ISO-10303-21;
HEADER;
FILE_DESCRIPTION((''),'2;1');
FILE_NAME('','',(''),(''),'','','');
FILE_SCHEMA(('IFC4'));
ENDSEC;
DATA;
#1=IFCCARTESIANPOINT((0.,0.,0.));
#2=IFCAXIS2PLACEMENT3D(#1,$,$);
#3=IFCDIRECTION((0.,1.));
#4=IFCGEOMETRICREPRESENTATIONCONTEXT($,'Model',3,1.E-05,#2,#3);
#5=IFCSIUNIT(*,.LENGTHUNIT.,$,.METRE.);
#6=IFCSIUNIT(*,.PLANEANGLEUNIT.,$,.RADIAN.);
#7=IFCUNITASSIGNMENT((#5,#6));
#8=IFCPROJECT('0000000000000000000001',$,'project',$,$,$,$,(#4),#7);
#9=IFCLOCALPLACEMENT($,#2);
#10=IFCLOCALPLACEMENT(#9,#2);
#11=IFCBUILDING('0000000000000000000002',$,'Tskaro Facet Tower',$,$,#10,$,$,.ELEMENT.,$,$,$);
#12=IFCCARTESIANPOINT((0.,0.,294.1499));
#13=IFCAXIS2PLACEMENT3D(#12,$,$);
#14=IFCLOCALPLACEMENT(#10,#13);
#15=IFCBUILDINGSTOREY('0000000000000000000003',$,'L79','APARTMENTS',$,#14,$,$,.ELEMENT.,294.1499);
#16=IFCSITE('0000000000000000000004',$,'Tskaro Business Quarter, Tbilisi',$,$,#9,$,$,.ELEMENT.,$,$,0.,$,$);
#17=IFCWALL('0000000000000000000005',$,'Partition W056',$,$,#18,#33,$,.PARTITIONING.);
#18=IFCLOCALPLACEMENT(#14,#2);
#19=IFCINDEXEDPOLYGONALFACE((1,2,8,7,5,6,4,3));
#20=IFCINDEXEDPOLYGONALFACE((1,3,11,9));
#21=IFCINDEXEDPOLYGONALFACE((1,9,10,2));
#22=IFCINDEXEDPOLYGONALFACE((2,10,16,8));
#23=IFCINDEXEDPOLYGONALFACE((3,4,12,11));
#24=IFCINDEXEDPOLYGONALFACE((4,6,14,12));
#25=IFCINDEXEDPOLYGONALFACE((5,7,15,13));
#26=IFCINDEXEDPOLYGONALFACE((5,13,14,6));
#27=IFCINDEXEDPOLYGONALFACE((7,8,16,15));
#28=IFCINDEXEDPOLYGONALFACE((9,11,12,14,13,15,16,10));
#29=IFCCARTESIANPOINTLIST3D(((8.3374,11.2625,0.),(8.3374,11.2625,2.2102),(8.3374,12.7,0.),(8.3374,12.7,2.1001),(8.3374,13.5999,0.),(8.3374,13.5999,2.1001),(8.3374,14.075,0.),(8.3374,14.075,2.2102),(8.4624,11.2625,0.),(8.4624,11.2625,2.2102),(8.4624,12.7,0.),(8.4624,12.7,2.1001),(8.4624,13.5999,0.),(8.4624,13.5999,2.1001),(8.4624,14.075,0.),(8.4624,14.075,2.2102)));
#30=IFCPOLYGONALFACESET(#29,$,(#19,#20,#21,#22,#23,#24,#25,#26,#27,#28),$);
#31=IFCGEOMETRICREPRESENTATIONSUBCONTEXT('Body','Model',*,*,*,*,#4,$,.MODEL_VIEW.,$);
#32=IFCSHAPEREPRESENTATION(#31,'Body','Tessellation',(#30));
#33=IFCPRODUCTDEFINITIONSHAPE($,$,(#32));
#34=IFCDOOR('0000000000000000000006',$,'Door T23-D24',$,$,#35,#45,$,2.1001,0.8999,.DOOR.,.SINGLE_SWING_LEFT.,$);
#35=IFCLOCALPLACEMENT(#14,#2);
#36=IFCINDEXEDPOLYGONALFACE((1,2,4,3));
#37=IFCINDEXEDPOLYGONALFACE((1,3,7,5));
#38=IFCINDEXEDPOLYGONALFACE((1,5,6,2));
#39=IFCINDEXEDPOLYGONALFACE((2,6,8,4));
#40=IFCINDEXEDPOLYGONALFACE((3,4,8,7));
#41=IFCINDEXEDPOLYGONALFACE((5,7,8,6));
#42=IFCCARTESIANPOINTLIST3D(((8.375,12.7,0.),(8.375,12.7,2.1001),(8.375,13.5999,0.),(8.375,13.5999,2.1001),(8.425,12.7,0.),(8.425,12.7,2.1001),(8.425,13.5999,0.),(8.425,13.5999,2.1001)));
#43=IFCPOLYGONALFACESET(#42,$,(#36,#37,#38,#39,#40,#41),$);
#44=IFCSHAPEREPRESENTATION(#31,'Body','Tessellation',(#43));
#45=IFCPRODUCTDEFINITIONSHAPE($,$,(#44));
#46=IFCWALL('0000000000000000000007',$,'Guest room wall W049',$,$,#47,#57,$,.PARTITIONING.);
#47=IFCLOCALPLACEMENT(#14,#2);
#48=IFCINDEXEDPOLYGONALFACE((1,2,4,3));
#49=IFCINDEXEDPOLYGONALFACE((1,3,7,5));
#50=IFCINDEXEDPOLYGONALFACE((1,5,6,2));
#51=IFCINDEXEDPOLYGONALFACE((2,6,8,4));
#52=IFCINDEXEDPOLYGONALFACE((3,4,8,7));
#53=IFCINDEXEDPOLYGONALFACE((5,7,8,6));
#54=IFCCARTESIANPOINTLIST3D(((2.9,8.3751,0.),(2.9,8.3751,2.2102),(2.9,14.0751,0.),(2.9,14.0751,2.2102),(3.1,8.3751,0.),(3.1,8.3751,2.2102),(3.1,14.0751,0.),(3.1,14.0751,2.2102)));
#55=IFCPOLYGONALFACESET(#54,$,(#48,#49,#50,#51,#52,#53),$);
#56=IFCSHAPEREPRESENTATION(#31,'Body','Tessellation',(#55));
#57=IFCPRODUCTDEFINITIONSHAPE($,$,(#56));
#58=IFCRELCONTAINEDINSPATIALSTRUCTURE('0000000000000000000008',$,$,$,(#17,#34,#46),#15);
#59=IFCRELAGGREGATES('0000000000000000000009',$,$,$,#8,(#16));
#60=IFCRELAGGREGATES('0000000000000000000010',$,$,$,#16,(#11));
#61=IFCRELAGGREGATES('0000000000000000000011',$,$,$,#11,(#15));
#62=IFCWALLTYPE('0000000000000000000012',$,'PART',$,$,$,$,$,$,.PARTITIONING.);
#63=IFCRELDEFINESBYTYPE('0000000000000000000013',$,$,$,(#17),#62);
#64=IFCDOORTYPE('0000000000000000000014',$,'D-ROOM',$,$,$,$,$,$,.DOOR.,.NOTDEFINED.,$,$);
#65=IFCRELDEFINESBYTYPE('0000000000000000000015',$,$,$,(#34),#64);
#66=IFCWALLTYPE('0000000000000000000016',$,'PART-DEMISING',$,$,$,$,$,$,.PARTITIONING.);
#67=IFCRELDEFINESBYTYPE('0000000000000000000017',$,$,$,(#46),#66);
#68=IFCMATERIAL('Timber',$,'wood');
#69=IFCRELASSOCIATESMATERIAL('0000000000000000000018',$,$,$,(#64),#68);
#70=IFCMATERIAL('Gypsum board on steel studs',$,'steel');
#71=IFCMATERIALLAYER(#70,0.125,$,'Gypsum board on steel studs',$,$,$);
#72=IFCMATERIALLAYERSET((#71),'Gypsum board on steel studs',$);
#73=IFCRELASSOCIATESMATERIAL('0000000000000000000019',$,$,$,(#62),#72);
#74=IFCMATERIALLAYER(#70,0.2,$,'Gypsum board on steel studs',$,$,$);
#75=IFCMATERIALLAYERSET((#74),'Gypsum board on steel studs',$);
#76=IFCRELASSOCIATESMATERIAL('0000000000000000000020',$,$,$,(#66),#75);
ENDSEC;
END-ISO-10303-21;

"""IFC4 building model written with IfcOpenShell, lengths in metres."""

from ifc_helpers import new_model, si_unit, direction, frame, frame_2d, origin, place, context, subcontext, project, spatial, rectangle, extrude, material, layer, layer_set, type_object, element, fill, save


model = new_model("IFC4")

# Units and contexts
model_context = context("Model", 3, precision=1e-05, world=origin(), true_north=direction((0.0, 1.0)))
body_context = subcontext(model_context, "Body", "Model", "MODEL_VIEW")
ifc_project = project(units=[si_unit("LENGTHUNIT", "METRE"), si_unit("PLANEANGLEUNIT", "RADIAN")], contexts=[model_context])

# Site, building, storey
site_placement = place(None, origin())
site = spatial("IfcSite", under=ifc_project, at=site_placement, Name="Tskaro Business Quarter, Tbilisi", CompositionType="ELEMENT", RefElevation=0.0)
building_placement = place(site_placement, origin())
building = spatial("IfcBuilding", under=site, at=building_placement, Name="Tskaro Facet Tower", CompositionType="ELEMENT")
storey_placement = place(building_placement, frame((0.0, 0.0, 294.1499)))
storey = spatial("IfcBuildingStorey", under=building, at=storey_placement, Name="L79", Description="APARTMENTS", CompositionType="ELEMENT", Elevation=294.1499)

# Shared definitions
ifc_material_1 = material(Name="Timber", Category="wood")
door_type_1 = type_object("IfcDoorType", Name="D-ROOM", OperationType="NOTDEFINED", PredefinedType="DOOR", material=ifc_material_1)

# Wall, opening, door
ifc_material_2 = material(Name="Gypsum board on steel studs", Category="steel")
ifc_layer_1 = layer(ifc_material_2, 0.125, Name="Gypsum board on steel studs")
ifc_layer_set_1 = layer_set([ifc_layer_1], Name="Gypsum board on steel studs")
wall_type_1 = type_object("IfcWallType", Name="PART", PredefinedType="PARTITIONING", material=ifc_layer_set_1)
wall_1_placement = place(storey_placement, frame((8.3999, 11.2625, 0.0), z_axis=(0.0, 0.0, 1.0), x_axis=(0.0, 1.0, 0.0)))
wall_1 = element("IfcWall", 1, at=wall_1_placement, inside=storey, type_object=wall_type_1, Name="Partition W056", PredefinedType="PARTITIONING", context=body_context, shape_type="SweptSolid", body=[
    extrude(rectangle(XDim=2.8125, YDim=0.125, at=frame_2d((1.4062, 0.0))), origin(), (0.0, 0.0, 1.0), 2.2102),
])
opening_1_placement = place(wall_1_placement, frame((1.4375, 0.0, 0.0)))
opening_1 = element("IfcOpeningElement", 2, at=opening_1_placement, cuts=wall_1, PredefinedType="OPENING", context=body_context, shape_type="SweptSolid", body=[
    extrude(rectangle(XDim=0.8999, YDim=2.1001, at=frame_2d((0.45, 1.05))), frame((0.0, 0.0725, 0.0), z_axis=(0.0, -1.0, 0.0), x_axis=(1.0, 0.0, 0.0)), (0.0, 0.0, 1.0), 0.145),
])
door_1_placement = place(opening_1_placement, origin())
door_1 = element("IfcDoor", 3, at=door_1_placement, inside=storey, type_object=door_type_1, Name="Door T23-D24", OperationType="SINGLE_SWING_LEFT", OverallHeight=2.1001, OverallWidth=0.8999, PredefinedType="DOOR", context=body_context, shape_type="SweptSolid", body=[
    extrude(rectangle(XDim=0.8999, YDim=2.1001, at=frame_2d((0.45, 1.05))), frame((0.0, 0.0249, 0.0), z_axis=(0.0, -1.0, 0.0), x_axis=(1.0, 0.0, 0.0)), (0.0, 0.0, 1.0), 0.05),
])
fill(opening_1, door_1)

# Wall
ifc_layer_2 = layer(ifc_material_2, 0.2, Name="Gypsum board on steel studs")
ifc_layer_set_2 = layer_set([ifc_layer_2], Name="Gypsum board on steel studs")
wall_type_2 = type_object("IfcWallType", Name="PART-DEMISING", PredefinedType="PARTITIONING", material=ifc_layer_set_2)
wall_2_placement = place(storey_placement, frame((3.0, 8.375, 0.0), z_axis=(0.0, 0.0, 1.0), x_axis=(0.0, 1.0, 0.0)))
element("IfcWall", 4, at=wall_2_placement, inside=storey, type_object=wall_type_2, Name="Guest room wall W049", PredefinedType="PARTITIONING", context=body_context, shape_type="SweptSolid", body=[
    extrude(rectangle(XDim=5.7, YDim=0.2, at=frame_2d((2.8501, 0.0))), origin(), (0.0, 0.0, 1.0), 2.2102),
])

save(model, "model.ifc")
